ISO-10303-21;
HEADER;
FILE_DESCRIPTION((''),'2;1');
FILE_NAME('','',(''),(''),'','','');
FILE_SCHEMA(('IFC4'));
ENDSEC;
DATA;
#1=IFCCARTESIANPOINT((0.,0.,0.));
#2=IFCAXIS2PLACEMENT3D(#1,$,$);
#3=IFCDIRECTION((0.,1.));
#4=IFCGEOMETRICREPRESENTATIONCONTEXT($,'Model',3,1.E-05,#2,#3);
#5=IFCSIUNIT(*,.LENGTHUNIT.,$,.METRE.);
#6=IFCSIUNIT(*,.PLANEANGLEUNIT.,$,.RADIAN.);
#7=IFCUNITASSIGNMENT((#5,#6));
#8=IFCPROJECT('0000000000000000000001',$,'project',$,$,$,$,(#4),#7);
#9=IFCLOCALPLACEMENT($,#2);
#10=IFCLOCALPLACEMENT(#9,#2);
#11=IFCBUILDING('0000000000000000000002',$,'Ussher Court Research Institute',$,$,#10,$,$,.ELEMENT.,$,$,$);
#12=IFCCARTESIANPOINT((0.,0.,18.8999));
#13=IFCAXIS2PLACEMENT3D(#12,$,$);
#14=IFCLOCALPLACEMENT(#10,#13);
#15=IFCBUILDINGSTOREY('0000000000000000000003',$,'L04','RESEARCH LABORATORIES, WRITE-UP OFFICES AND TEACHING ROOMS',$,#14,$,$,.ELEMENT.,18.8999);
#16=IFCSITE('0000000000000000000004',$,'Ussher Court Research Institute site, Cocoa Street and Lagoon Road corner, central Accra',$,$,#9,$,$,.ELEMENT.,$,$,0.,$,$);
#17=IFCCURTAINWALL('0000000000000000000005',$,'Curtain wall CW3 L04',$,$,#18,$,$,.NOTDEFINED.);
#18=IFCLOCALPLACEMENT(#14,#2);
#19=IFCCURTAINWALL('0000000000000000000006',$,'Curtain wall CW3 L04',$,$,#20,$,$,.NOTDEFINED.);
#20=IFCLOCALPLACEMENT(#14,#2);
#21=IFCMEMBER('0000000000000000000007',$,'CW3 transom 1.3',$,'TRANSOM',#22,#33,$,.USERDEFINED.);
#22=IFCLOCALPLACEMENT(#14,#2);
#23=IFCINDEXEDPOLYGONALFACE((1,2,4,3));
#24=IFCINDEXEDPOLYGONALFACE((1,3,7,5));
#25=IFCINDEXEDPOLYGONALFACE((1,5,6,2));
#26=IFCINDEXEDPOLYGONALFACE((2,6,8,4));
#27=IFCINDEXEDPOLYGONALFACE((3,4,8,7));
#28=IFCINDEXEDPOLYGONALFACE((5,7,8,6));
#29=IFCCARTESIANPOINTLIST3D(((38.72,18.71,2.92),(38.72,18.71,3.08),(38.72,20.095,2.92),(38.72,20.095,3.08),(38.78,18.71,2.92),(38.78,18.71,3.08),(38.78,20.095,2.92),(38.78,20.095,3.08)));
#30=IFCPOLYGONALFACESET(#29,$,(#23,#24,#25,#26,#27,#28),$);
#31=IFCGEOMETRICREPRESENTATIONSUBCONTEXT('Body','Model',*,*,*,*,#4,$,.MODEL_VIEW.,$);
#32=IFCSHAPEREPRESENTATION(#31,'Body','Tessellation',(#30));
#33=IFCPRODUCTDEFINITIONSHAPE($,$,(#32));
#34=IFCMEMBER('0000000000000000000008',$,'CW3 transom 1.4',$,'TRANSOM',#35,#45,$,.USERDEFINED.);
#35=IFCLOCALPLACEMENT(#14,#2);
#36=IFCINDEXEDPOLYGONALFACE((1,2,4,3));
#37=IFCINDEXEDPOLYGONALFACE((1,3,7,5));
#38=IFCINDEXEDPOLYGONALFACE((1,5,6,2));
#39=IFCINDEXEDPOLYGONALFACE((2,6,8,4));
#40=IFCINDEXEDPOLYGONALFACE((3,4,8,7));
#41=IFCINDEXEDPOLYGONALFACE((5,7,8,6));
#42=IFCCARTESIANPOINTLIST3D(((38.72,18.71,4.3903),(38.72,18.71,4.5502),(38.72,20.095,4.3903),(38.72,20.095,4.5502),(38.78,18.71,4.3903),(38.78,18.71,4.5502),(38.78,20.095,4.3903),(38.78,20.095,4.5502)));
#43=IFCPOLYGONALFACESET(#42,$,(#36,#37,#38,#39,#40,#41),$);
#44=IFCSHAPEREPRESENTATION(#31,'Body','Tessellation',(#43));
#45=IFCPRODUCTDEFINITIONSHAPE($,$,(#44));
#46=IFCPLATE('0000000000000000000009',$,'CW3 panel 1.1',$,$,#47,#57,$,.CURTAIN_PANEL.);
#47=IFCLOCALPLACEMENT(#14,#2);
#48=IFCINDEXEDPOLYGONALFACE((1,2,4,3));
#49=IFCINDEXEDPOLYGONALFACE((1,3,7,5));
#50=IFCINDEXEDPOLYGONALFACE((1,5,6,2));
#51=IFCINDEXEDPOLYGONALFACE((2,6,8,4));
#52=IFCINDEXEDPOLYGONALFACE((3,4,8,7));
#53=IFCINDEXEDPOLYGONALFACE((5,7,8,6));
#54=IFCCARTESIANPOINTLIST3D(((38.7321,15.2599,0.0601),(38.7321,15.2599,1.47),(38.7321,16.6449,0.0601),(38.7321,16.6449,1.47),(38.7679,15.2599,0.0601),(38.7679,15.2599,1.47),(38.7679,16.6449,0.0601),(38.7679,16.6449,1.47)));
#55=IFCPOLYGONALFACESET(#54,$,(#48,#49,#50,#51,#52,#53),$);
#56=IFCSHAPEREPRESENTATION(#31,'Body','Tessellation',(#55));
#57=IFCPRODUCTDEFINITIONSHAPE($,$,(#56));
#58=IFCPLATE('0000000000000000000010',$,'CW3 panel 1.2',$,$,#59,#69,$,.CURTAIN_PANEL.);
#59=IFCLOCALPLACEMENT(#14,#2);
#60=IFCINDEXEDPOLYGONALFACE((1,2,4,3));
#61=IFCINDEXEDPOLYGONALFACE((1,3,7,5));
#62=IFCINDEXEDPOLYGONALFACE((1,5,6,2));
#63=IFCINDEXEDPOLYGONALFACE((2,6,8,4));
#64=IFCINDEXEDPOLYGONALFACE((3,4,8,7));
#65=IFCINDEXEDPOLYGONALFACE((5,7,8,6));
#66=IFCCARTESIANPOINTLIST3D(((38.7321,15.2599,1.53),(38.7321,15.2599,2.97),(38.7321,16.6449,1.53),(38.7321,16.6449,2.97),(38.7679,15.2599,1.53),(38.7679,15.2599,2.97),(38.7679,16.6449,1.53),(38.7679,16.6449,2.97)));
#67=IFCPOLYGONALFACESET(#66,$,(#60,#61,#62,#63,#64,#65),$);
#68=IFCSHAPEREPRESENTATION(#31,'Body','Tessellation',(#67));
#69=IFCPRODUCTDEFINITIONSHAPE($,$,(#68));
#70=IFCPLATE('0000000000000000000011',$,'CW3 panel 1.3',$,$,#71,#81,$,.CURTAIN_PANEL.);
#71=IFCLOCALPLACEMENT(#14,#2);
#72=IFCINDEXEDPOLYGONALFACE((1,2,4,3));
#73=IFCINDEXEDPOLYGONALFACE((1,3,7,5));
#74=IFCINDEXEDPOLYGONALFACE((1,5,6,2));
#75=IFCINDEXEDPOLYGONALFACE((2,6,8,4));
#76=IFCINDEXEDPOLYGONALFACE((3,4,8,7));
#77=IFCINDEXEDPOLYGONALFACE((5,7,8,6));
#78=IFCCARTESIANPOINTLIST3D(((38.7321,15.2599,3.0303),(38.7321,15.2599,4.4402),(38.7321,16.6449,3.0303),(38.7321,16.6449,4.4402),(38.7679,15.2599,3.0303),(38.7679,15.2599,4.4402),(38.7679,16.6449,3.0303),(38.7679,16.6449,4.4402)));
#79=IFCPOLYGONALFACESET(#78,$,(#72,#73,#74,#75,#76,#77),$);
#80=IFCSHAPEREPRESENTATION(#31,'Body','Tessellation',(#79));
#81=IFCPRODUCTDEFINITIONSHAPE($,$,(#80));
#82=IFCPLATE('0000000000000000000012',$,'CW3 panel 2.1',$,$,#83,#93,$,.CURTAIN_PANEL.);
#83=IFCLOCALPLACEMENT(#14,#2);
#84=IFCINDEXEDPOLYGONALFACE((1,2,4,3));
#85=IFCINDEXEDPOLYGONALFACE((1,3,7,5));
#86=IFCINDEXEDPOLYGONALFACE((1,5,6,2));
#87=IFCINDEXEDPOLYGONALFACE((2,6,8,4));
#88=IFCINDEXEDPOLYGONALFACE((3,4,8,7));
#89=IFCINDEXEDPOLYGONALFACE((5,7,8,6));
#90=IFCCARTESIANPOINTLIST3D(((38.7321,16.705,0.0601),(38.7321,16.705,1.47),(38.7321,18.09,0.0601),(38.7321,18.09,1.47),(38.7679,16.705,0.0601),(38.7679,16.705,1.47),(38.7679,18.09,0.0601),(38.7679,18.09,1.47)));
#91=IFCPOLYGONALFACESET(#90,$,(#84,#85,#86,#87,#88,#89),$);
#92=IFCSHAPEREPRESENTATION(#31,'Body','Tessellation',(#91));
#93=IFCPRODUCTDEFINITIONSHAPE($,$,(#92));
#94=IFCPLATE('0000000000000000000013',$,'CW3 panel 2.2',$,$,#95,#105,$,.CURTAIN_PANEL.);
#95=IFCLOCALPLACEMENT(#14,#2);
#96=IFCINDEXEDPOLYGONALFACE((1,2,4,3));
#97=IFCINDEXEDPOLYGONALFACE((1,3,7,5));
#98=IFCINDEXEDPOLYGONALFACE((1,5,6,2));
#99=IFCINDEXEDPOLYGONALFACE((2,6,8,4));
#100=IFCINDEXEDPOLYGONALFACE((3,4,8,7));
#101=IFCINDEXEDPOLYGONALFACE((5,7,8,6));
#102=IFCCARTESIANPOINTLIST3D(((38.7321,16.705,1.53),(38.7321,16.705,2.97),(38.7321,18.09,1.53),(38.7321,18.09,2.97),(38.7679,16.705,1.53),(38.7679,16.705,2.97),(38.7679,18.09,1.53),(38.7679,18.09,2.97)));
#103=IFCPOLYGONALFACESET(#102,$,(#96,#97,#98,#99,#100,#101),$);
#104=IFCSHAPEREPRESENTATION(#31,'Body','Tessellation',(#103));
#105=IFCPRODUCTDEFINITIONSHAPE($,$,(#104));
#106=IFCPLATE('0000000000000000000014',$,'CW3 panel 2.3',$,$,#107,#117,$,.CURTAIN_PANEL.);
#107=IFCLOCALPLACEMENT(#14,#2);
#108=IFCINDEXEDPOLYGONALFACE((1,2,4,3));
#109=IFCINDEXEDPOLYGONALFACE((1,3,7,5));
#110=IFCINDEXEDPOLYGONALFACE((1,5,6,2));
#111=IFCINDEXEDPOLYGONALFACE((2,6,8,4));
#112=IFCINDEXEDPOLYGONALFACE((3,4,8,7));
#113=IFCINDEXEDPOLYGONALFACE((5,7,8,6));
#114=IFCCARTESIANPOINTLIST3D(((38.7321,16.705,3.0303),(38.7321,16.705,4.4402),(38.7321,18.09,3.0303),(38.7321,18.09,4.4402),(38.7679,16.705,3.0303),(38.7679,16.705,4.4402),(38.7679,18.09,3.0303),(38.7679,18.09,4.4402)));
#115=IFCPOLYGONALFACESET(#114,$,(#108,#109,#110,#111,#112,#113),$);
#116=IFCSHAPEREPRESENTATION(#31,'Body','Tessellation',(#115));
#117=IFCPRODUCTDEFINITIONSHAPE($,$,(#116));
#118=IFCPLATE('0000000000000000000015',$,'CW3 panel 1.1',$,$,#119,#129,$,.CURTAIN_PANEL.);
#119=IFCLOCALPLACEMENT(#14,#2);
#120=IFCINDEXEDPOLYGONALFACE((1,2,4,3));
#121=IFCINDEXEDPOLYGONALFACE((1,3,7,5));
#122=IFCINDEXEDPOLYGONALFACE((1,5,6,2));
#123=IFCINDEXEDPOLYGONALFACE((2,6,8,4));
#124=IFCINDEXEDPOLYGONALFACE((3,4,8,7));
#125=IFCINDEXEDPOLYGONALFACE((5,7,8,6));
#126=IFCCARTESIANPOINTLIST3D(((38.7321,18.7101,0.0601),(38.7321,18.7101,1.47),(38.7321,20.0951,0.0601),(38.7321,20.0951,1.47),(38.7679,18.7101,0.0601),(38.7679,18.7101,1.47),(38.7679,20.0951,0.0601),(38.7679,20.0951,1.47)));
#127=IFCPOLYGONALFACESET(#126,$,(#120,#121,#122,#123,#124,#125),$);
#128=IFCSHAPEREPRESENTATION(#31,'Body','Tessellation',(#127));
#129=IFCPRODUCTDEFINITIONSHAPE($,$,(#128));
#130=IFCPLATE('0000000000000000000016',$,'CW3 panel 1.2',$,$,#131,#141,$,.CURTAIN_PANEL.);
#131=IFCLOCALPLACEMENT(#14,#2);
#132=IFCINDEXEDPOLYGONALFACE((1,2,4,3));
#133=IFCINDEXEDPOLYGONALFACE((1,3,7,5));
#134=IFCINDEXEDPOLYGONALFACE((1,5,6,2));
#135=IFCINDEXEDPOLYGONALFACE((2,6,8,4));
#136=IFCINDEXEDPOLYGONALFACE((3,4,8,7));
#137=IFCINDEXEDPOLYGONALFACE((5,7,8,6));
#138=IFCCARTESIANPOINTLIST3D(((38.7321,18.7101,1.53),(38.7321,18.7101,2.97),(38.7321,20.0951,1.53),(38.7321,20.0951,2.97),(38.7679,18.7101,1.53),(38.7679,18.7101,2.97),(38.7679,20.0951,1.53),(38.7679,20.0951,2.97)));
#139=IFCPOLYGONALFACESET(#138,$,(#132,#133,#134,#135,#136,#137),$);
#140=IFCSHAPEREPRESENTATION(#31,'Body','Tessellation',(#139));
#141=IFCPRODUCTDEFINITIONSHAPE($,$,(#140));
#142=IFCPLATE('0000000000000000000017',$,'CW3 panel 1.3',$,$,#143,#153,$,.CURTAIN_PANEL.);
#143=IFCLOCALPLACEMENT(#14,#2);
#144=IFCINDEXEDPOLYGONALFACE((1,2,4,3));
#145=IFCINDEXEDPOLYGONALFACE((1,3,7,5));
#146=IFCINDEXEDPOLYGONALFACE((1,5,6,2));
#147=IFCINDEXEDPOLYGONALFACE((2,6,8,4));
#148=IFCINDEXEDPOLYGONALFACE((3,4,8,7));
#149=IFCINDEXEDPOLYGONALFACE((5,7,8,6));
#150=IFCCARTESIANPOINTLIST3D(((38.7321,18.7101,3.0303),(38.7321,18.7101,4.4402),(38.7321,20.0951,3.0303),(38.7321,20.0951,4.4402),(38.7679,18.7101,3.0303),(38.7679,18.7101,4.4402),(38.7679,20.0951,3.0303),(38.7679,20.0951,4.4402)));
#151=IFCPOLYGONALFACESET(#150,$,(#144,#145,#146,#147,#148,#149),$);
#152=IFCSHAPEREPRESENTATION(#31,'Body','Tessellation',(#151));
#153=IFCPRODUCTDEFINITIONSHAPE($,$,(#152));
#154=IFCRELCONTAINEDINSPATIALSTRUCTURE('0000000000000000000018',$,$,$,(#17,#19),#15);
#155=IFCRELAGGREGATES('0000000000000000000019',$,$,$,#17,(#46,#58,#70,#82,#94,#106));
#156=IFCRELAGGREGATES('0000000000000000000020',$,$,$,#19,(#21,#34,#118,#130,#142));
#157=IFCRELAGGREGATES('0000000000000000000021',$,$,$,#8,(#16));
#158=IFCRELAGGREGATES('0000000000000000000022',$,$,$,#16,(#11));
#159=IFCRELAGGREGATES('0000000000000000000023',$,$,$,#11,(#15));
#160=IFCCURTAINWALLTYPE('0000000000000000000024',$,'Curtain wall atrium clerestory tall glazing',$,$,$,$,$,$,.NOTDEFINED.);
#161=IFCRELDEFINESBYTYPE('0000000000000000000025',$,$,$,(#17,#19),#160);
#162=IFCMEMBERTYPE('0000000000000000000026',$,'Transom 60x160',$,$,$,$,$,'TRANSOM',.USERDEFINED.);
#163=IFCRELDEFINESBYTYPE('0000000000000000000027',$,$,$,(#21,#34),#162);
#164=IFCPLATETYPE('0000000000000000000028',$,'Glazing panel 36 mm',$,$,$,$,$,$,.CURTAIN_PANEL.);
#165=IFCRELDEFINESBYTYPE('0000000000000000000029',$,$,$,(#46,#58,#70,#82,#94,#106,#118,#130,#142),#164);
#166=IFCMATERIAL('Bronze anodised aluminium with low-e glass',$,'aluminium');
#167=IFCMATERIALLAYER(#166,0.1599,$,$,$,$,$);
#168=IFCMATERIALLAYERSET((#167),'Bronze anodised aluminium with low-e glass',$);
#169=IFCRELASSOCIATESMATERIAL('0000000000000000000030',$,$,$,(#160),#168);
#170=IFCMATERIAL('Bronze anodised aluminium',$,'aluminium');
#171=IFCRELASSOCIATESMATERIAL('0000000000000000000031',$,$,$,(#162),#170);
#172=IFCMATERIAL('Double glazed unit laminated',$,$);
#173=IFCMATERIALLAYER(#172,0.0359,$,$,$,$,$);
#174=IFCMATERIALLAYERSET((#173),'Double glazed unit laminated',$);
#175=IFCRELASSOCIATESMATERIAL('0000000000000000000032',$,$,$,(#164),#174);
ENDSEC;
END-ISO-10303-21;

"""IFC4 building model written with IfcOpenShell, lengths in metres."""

from ifc_helpers import new_model, si_unit, direction, frame, origin, origin_2d, place, context, subcontext, project, spatial, rectangle, extrude, material, layer, layer_set, material_profile, profile_set, type_object, element, aggregate, save


model = new_model("IFC4")

# Units and contexts
model_context = context("Model", 3, precision=1e-05, world=origin(), true_north=direction((0.0, 1.0)))
body_context = subcontext(model_context, "Body", "Model", "MODEL_VIEW")
ifc_project = project(units=[si_unit("LENGTHUNIT", "METRE"), si_unit("PLANEANGLEUNIT", "RADIAN")], contexts=[model_context])

# Site, building, storey
site_placement = place(None, origin())
site = spatial("IfcSite", under=ifc_project, at=site_placement, Name="Ussher Court Research Institute site, Cocoa Street and Lagoon Road corner, central Accra", CompositionType="ELEMENT", RefElevation=0.0)
building_placement = place(site_placement, origin())
building = spatial("IfcBuilding", under=site, at=building_placement, Name="Ussher Court Research Institute", CompositionType="ELEMENT")
storey_placement = place(building_placement, frame((0.0, 0.0, 18.8999)))
storey = spatial("IfcBuildingStorey", under=building, at=storey_placement, Name="L04", Description="RESEARCH LABORATORIES, WRITE-UP OFFICES AND TEACHING ROOMS", CompositionType="ELEMENT", Elevation=18.8999)

# Curtain walls
ifc_material_1 = material(Name="Bronze anodised aluminium with low-e glass", Category="aluminium")
ifc_layer_1 = layer(ifc_material_1, 0.1599)
ifc_layer_set_1 = layer_set([ifc_layer_1], Name="Bronze anodised aluminium with low-e glass")
curtain_wall_type = type_object("IfcCurtainWallType", Name="Curtain wall atrium clerestory tall glazing", PredefinedType="NOTDEFINED", material=ifc_layer_set_1)
curtain_wall_1_placement = place(storey_placement, origin())
curtain_wall_1 = element("IfcCurtainWall", 1, at=curtain_wall_1_placement, inside=storey, type_object=curtain_wall_type, Name="Curtain wall CW3 L04", PredefinedType="NOTDEFINED")
curtain_wall_2_placement = place(storey_placement, origin())
curtain_wall_2 = element("IfcCurtainWall", 2, at=curtain_wall_2_placement, inside=storey, type_object=curtain_wall_type, Name="Curtain wall CW3 L04", PredefinedType="NOTDEFINED")

# Members
ifc_material_2 = material(Name="Bronze anodised aluminium", Category="aluminium")
ifc_material_profile_1 = material_profile(ifc_material_2, rectangle(XDim=0.0601, YDim=0.1599, at=origin_2d()), Name="Transom 60x160")
ifc_profile_set_1 = profile_set([ifc_material_profile_1], Name="Bronze anodised aluminium")
member_type_1 = type_object("IfcMemberType", Name="Transom 60x160", ElementType="TRANSOM", PredefinedType="USERDEFINED", material=ifc_profile_set_1)
member_1_placement = place(storey_placement, frame((38.75, 18.71, 3.0), z_axis=(0.0, 1.0, 0.0), x_axis=(-1.0, 0.0, 0.0)))
member_1 = element("IfcMember", 3, at=member_1_placement, type_object=member_type_1, Name="CW3 transom 1.3", ObjectType="TRANSOM", PredefinedType="USERDEFINED", context=body_context, shape_type="SweptSolid", body=[
    extrude(rectangle(XDim=0.0601, YDim=0.1599, at=origin_2d()), origin(), (0.0, 0.0, 1.0), 1.385),
])
member_2_placement = place(storey_placement, frame((38.75, 18.71, 4.4702), z_axis=(0.0, 1.0, 0.0), x_axis=(-1.0, 0.0, 0.0)))
member_2 = element("IfcMember", 4, at=member_2_placement, type_object=member_type_1, Name="CW3 transom 1.4", ObjectType="TRANSOM", PredefinedType="USERDEFINED", context=body_context, shape_type="SweptSolid", body=[
    extrude(rectangle(XDim=0.0601, YDim=0.1599, at=origin_2d()), origin(), (0.0, 0.0, 1.0), 1.385),
])

# Plates
ifc_material_3 = material(Name="Double glazed unit laminated")
ifc_layer_2 = layer(ifc_material_3, 0.0359)
ifc_layer_set_2 = layer_set([ifc_layer_2], Name="Double glazed unit laminated")
plate_type = type_object("IfcPlateType", Name="Glazing panel 36 mm", PredefinedType="CURTAIN_PANEL", material=ifc_layer_set_2)
plate_1_placement = place(storey_placement, frame((38.75, 15.9524, 0.0601), z_axis=(0.0, 0.0, 1.0), x_axis=(0.0, 1.0, 0.0)))
plate_1 = element("IfcPlate", 5, at=plate_1_placement, type_object=plate_type, Name="CW3 panel 1.1", PredefinedType="CURTAIN_PANEL", context=body_context, shape_type="SweptSolid", body=[
    extrude(rectangle(XDim=1.385, YDim=0.0359, at=origin_2d()), origin(), (0.0, 0.0, 1.0), 1.4099),
])
plate_2_placement = place(storey_placement, frame((38.75, 15.9524, 1.53), z_axis=(0.0, 0.0, 1.0), x_axis=(0.0, 1.0, 0.0)))
plate_2 = element("IfcPlate", 6, at=plate_2_placement, type_object=plate_type, Name="CW3 panel 1.2", PredefinedType="CURTAIN_PANEL", context=body_context, shape_type="SweptSolid", body=[
    extrude(rectangle(XDim=1.385, YDim=0.0359, at=origin_2d()), origin(), (0.0, 0.0, 1.0), 1.4399),
])
plate_3_placement = place(storey_placement, frame((38.75, 15.9524, 3.0303), z_axis=(0.0, 0.0, 1.0), x_axis=(0.0, 1.0, 0.0)))
plate_3 = element("IfcPlate", 7, at=plate_3_placement, type_object=plate_type, Name="CW3 panel 1.3", PredefinedType="CURTAIN_PANEL", context=body_context, shape_type="SweptSolid", body=[
    extrude(rectangle(XDim=1.385, YDim=0.0359, at=origin_2d()), origin(), (0.0, 0.0, 1.0), 1.4099),
])
plate_4_placement = place(storey_placement, frame((38.75, 17.3975, 0.0601), z_axis=(0.0, 0.0, 1.0), x_axis=(0.0, 1.0, 0.0)))
plate_4 = element("IfcPlate", 8, at=plate_4_placement, type_object=plate_type, Name="CW3 panel 2.1", PredefinedType="CURTAIN_PANEL", context=body_context, shape_type="SweptSolid", body=[
    extrude(rectangle(XDim=1.385, YDim=0.0359, at=origin_2d()), origin(), (0.0, 0.0, 1.0), 1.4099),
])
plate_5_placement = place(storey_placement, frame((38.75, 17.3975, 1.53), z_axis=(0.0, 0.0, 1.0), x_axis=(0.0, 1.0, 0.0)))
plate_5 = element("IfcPlate", 9, at=plate_5_placement, type_object=plate_type, Name="CW3 panel 2.2", PredefinedType="CURTAIN_PANEL", context=body_context, shape_type="SweptSolid", body=[
    extrude(rectangle(XDim=1.385, YDim=0.0359, at=origin_2d()), origin(), (0.0, 0.0, 1.0), 1.4399),
])
plate_6_placement = place(storey_placement, frame((38.75, 17.3975, 3.0303), z_axis=(0.0, 0.0, 1.0), x_axis=(0.0, 1.0, 0.0)))
plate_6 = element("IfcPlate", 10, at=plate_6_placement, type_object=plate_type, Name="CW3 panel 2.3", PredefinedType="CURTAIN_PANEL", context=body_context, shape_type="SweptSolid", body=[
    extrude(rectangle(XDim=1.385, YDim=0.0359, at=origin_2d()), origin(), (0.0, 0.0, 1.0), 1.4099),
])
aggregate(curtain_wall_1, [plate_1, plate_2, plate_3, plate_4, plate_5, plate_6])
plate_7_placement = place(storey_placement, frame((38.75, 19.4026, 0.0601), z_axis=(0.0, 0.0, 1.0), x_axis=(0.0, 1.0, 0.0)))
plate_7 = element("IfcPlate", 11, at=plate_7_placement, type_object=plate_type, Name="CW3 panel 1.1", PredefinedType="CURTAIN_PANEL", context=body_context, shape_type="SweptSolid", body=[
    extrude(rectangle(XDim=1.385, YDim=0.0359, at=origin_2d()), origin(), (0.0, 0.0, 1.0), 1.4099),
])
plate_8_placement = place(storey_placement, frame((38.75, 19.4026, 1.53), z_axis=(0.0, 0.0, 1.0), x_axis=(0.0, 1.0, 0.0)))
plate_8 = element("IfcPlate", 12, at=plate_8_placement, type_object=plate_type, Name="CW3 panel 1.2", PredefinedType="CURTAIN_PANEL", context=body_context, shape_type="SweptSolid", body=[
    extrude(rectangle(XDim=1.385, YDim=0.0359, at=origin_2d()), origin(), (0.0, 0.0, 1.0), 1.4399),
])
plate_9_placement = place(storey_placement, frame((38.75, 19.4026, 3.0303), z_axis=(0.0, 0.0, 1.0), x_axis=(0.0, 1.0, 0.0)))
plate_9 = element("IfcPlate", 13, at=plate_9_placement, type_object=plate_type, Name="CW3 panel 1.3", PredefinedType="CURTAIN_PANEL", context=body_context, shape_type="SweptSolid", body=[
    extrude(rectangle(XDim=1.385, YDim=0.0359, at=origin_2d()), origin(), (0.0, 0.0, 1.0), 1.4099),
])
aggregate(curtain_wall_2, [member_1, member_2, plate_7, plate_8, plate_9])

save(model, "model.ifc")
